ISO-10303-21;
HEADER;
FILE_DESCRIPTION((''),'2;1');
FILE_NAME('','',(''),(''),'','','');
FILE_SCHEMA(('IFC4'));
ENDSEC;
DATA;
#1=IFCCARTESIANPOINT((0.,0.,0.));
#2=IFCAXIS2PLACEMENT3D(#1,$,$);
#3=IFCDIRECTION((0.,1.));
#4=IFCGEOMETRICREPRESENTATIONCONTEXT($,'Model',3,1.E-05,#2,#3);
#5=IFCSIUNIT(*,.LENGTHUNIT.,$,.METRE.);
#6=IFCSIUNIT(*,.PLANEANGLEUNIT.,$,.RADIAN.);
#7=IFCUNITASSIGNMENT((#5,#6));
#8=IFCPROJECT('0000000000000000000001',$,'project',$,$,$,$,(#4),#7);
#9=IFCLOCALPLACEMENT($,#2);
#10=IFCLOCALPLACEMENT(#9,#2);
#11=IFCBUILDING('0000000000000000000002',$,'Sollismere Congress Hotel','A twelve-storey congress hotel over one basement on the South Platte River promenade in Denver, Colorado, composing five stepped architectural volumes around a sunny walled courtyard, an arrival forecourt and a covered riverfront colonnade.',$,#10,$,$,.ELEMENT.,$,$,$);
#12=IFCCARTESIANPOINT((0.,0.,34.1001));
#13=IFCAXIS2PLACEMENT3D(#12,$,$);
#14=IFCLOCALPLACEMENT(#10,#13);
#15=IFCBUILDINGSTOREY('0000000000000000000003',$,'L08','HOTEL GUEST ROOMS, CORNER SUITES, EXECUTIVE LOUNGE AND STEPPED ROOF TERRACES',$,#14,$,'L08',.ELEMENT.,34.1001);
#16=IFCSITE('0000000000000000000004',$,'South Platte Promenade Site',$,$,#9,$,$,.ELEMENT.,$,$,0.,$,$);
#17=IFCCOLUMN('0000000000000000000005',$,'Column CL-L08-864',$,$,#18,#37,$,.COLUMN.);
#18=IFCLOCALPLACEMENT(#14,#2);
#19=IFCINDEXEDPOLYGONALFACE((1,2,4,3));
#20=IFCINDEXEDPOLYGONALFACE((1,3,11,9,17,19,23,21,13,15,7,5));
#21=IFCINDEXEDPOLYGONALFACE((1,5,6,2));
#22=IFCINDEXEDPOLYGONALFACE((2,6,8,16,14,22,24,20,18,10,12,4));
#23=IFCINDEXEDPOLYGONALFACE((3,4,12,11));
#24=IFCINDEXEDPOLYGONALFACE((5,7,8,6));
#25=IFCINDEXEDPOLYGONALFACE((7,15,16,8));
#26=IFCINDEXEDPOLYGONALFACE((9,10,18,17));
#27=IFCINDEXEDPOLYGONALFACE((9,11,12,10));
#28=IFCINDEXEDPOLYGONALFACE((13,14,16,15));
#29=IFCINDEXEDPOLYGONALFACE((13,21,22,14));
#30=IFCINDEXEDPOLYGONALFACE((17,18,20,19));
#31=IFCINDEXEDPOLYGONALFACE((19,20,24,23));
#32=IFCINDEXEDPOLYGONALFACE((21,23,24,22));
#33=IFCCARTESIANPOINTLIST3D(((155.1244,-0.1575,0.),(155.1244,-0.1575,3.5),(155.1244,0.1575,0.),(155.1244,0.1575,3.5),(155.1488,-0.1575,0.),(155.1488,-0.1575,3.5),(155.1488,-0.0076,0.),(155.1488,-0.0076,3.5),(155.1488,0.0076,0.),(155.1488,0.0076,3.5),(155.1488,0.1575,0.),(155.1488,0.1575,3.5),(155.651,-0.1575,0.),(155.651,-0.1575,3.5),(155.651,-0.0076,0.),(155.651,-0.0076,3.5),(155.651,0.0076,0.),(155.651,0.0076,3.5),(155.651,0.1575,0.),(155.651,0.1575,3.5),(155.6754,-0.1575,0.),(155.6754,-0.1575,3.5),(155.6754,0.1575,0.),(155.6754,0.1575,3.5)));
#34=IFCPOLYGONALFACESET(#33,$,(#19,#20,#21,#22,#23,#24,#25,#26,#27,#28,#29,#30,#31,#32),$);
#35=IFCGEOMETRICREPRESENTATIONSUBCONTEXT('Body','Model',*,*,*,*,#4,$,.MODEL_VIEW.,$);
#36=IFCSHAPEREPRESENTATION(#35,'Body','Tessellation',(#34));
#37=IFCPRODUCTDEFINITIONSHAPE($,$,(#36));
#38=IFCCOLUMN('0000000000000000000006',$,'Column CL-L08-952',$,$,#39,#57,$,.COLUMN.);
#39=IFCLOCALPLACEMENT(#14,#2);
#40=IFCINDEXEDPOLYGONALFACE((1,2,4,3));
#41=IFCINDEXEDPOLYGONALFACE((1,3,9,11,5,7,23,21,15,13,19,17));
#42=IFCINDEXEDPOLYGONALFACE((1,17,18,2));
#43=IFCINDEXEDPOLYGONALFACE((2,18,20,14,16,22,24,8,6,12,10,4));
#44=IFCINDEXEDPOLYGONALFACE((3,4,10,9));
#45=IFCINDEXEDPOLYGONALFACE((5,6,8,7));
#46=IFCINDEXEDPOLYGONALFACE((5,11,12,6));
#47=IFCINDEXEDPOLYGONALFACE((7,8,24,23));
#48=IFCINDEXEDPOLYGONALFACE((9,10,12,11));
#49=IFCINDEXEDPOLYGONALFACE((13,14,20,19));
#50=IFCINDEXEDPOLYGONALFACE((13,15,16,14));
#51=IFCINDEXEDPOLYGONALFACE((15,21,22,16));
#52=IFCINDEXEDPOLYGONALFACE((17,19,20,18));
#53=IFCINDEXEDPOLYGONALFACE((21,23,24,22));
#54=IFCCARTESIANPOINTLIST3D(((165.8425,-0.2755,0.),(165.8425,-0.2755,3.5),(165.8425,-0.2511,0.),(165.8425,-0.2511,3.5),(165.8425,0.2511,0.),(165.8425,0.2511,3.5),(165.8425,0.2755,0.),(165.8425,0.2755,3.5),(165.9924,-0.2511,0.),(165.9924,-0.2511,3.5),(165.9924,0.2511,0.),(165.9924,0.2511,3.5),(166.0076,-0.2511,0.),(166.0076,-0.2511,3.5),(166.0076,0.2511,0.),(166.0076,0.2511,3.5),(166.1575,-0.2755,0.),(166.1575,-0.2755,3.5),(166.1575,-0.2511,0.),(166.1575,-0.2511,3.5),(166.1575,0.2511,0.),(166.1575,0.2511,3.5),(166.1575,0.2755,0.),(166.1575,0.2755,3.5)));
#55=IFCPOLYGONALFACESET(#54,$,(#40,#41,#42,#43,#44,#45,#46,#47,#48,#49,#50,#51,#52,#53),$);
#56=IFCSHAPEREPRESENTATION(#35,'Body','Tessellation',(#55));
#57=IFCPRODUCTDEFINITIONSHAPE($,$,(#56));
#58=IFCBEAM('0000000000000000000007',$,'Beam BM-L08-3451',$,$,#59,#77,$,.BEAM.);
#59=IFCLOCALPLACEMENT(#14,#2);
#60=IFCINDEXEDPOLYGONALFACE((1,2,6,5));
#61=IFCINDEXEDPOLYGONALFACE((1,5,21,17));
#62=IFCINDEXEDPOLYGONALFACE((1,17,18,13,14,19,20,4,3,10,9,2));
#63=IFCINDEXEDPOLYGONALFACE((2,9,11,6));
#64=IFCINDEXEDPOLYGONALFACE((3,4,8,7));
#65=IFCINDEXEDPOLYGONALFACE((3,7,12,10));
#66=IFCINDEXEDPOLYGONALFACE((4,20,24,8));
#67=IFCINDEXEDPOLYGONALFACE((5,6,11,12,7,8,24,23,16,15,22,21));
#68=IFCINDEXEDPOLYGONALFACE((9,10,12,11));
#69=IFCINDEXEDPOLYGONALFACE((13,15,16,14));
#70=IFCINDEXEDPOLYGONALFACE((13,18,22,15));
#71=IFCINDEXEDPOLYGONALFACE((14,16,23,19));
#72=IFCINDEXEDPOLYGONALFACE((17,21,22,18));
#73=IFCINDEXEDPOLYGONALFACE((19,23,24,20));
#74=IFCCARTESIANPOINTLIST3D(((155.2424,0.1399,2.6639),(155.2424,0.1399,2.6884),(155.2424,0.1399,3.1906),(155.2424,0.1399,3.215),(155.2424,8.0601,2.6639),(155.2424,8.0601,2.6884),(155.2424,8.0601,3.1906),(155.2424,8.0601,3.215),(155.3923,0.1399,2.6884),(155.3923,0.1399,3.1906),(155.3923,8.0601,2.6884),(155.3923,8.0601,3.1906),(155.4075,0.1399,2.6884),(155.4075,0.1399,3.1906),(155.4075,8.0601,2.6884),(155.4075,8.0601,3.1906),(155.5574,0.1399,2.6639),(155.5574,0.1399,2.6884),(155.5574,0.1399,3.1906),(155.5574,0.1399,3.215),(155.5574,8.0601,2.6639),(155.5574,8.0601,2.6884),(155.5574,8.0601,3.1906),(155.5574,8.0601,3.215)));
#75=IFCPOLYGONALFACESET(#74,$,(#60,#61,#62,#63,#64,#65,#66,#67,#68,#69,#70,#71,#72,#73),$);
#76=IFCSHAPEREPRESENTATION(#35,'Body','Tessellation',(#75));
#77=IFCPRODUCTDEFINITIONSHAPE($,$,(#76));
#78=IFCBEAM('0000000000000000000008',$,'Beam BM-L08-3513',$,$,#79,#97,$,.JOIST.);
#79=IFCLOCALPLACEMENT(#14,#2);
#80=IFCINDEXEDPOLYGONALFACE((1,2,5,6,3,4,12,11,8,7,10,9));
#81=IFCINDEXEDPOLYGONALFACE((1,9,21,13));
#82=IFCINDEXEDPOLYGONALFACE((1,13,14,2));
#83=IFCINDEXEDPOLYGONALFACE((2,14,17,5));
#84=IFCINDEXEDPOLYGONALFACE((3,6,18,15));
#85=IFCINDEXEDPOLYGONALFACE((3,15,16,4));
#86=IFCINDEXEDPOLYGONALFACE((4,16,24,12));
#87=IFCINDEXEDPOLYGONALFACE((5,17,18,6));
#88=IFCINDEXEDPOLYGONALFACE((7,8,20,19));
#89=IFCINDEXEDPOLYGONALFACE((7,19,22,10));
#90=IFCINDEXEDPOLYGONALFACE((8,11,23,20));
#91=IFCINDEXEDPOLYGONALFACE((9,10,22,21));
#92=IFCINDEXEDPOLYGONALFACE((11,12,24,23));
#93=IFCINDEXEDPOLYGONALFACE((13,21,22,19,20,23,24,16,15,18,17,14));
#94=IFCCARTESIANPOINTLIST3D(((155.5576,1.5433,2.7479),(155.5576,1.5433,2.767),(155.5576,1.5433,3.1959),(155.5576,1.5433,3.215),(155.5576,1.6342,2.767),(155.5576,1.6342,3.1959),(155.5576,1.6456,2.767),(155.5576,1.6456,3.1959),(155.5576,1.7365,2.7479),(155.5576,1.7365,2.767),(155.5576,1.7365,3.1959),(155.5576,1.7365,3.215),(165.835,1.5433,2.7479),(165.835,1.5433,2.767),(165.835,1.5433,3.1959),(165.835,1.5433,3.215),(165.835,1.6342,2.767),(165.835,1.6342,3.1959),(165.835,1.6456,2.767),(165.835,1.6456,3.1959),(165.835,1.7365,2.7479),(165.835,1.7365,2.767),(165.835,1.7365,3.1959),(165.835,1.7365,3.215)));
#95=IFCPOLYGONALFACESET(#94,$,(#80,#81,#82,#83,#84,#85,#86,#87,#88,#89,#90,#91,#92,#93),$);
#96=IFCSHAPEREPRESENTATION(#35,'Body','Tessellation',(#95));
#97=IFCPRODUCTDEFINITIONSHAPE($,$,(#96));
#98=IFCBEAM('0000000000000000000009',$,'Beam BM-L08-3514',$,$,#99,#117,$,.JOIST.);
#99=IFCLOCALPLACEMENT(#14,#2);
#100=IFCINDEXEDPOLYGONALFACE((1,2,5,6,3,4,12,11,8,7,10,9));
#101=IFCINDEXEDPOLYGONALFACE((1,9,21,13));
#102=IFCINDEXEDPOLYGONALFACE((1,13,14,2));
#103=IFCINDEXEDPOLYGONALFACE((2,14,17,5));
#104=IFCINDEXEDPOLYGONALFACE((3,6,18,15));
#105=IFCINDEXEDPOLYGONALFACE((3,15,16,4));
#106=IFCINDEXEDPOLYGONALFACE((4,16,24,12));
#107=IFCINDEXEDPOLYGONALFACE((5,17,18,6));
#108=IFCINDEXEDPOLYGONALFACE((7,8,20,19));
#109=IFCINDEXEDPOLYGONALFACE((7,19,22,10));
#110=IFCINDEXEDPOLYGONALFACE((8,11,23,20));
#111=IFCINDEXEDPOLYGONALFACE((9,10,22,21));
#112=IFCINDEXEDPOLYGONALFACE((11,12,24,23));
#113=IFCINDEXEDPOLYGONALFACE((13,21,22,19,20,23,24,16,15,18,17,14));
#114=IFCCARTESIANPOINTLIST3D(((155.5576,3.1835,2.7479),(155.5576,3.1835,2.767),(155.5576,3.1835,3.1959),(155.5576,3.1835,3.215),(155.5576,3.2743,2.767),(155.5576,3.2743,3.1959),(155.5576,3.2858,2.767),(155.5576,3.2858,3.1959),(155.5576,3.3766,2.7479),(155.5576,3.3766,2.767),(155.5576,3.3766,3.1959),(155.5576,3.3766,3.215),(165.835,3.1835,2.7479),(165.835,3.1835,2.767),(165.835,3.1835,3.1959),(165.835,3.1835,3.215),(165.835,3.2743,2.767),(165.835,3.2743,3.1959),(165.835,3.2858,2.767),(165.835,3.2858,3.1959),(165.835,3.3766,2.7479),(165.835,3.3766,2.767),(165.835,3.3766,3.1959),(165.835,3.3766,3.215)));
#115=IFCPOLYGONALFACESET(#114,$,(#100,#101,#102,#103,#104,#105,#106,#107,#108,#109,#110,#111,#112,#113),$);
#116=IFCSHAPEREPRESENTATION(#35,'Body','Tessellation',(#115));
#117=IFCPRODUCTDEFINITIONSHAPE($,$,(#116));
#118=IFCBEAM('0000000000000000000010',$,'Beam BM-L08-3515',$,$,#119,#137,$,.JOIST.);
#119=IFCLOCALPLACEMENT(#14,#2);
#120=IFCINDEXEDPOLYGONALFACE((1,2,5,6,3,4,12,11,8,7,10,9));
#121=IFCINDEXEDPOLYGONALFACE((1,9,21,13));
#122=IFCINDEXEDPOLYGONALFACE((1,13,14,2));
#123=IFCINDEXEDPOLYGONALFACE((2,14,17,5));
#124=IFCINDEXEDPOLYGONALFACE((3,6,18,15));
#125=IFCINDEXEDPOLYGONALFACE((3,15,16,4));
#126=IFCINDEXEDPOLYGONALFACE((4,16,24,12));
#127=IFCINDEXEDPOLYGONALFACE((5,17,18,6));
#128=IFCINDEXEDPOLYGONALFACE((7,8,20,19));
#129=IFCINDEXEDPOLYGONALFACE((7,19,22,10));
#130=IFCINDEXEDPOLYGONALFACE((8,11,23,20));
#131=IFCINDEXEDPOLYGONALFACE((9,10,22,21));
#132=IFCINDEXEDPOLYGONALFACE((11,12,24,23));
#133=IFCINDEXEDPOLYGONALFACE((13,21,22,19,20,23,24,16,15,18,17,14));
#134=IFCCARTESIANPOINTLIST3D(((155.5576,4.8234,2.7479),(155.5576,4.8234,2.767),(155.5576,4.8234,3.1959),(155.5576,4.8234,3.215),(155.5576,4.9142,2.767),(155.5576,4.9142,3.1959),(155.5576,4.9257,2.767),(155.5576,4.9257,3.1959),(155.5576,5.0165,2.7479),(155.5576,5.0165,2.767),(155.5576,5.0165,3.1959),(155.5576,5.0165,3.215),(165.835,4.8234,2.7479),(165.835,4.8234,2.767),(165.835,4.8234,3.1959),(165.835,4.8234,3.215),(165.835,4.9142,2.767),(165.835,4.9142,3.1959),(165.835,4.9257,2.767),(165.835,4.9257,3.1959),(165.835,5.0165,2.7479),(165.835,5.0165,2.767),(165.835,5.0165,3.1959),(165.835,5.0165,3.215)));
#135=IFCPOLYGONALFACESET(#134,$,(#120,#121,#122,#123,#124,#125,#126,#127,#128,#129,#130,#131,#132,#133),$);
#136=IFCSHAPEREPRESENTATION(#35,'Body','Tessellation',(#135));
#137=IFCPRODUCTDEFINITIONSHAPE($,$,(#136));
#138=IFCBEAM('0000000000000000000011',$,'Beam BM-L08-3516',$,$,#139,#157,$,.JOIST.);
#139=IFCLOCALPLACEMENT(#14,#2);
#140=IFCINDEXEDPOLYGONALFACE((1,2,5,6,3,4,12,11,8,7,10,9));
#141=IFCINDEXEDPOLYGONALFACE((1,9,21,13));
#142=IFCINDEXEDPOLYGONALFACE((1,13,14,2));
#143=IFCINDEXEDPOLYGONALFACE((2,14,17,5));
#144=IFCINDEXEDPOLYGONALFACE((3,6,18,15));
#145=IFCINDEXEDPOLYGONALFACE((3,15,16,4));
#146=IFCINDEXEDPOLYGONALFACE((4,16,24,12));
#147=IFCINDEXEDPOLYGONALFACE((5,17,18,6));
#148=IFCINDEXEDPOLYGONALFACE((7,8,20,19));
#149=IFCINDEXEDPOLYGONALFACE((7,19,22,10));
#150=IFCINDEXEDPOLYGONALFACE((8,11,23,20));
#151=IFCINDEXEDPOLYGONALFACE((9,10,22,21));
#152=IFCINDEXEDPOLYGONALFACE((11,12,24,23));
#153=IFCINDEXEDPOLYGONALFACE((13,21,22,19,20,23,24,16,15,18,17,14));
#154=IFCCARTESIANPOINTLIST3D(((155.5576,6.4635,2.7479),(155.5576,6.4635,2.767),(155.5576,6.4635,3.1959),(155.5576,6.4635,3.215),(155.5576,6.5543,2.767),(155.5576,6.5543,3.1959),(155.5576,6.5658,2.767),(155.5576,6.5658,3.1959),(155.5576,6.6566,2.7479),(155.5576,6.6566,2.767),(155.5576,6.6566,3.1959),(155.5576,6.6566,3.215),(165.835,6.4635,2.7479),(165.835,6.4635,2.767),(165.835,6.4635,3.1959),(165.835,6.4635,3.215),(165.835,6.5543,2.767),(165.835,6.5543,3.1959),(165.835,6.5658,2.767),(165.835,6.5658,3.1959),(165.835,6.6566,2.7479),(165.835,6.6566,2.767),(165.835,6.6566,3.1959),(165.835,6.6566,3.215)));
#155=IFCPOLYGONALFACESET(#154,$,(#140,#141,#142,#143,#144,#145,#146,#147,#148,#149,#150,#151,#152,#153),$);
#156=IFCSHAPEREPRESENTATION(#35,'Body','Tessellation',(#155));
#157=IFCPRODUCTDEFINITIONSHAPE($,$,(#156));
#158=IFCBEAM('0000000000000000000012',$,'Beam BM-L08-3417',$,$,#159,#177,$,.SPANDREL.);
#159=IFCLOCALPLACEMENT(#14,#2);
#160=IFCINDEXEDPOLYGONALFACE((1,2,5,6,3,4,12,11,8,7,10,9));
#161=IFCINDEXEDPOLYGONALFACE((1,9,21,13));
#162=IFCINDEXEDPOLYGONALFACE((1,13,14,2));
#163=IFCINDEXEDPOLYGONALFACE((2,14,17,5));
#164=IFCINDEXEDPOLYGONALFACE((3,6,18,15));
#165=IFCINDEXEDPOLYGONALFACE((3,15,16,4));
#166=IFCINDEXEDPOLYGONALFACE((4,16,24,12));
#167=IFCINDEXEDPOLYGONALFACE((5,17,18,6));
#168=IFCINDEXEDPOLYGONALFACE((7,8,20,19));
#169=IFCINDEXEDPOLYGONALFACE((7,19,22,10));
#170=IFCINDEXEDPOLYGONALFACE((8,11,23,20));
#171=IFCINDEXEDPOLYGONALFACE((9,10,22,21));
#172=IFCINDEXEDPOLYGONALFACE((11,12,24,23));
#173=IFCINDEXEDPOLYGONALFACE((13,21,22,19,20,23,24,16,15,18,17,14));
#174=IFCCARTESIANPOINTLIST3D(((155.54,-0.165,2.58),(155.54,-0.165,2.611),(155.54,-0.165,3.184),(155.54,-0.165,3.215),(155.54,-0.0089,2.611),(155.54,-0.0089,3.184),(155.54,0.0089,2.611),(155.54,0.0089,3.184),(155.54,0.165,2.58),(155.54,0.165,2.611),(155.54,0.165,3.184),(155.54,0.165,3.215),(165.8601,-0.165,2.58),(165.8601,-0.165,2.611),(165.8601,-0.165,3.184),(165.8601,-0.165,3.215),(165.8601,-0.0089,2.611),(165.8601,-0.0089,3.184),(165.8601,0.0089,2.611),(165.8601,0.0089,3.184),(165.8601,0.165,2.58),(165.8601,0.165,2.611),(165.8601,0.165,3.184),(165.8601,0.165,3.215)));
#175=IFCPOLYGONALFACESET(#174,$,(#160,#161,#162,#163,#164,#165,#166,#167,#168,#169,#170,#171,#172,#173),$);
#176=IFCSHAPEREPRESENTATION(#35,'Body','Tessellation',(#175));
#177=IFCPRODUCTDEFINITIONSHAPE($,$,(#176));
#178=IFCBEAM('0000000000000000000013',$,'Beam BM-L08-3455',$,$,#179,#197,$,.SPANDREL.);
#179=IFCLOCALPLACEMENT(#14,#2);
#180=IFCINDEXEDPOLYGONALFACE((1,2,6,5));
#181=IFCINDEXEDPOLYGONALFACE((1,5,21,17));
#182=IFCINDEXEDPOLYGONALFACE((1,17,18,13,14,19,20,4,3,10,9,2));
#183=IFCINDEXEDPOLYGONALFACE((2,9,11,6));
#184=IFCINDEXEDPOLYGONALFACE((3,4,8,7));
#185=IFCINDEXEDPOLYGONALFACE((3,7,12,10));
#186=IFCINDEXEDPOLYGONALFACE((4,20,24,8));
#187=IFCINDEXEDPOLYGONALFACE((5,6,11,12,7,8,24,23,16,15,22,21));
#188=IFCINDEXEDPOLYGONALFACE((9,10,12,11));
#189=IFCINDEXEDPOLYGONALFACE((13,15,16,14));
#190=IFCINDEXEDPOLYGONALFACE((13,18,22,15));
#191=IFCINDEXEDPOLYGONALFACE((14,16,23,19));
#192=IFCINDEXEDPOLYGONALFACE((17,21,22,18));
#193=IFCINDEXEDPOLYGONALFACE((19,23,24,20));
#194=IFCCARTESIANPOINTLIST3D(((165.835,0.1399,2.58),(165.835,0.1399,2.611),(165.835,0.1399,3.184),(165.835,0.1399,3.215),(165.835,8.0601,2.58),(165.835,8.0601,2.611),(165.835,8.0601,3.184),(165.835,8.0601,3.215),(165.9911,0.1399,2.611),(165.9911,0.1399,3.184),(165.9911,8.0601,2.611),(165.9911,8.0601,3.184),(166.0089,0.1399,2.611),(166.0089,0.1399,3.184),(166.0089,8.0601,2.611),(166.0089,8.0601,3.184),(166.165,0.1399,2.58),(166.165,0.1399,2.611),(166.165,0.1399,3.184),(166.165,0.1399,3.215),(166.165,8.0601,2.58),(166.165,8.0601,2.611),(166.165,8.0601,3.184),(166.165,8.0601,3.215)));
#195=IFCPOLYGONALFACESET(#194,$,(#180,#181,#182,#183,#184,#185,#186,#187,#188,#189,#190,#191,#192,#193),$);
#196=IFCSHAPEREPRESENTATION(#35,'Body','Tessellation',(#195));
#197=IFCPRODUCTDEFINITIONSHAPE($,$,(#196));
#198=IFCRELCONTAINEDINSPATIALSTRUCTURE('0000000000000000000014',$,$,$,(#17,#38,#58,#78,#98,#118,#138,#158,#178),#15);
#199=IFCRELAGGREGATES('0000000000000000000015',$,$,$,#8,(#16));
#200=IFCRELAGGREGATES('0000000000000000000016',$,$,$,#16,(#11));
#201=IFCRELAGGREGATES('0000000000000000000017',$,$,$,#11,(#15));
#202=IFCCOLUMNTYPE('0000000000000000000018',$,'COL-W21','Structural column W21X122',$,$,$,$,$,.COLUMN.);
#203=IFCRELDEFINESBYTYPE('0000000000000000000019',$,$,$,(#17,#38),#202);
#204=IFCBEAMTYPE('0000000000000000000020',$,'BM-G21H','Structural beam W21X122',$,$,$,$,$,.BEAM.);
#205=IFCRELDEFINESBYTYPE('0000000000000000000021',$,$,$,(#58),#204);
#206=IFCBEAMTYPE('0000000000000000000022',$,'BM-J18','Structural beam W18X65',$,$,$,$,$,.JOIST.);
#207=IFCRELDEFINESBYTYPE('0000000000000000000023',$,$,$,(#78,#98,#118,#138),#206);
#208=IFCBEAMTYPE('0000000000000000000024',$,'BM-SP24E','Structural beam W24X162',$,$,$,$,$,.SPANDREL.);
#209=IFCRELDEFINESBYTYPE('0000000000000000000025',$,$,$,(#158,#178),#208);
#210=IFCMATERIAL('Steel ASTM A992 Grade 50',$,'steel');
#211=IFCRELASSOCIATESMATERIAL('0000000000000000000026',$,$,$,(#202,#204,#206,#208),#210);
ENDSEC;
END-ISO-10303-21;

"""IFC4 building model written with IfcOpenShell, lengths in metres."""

from ifc_helpers import new_model, si_unit, direction, frame, origin, origin_2d, place, context, subcontext, project, spatial, i_section, extrude, material, material_profile, profile_set, type_object, element, save


model = new_model("IFC4")

# Units and contexts
model_context = context("Model", 3, precision=1e-05, world=origin(), true_north=direction((0.0, 1.0)))
body_context = subcontext(model_context, "Body", "Model", "MODEL_VIEW")
ifc_project = project(units=[si_unit("LENGTHUNIT", "METRE"), si_unit("PLANEANGLEUNIT", "RADIAN")], contexts=[model_context])

# Site, building, storey
site_placement = place(None, origin())
site = spatial("IfcSite", under=ifc_project, at=site_placement, Name="South Platte Promenade Site", CompositionType="ELEMENT", RefElevation=0.0)
building_placement = place(site_placement, origin())
building = spatial("IfcBuilding", under=site, at=building_placement, Name="Sollismere Congress Hotel", Description="A twelve-storey congress hotel over one basement on the South Platte River promenade in Denver, Colorado, composing five stepped architectural volumes around a sunny walled courtyard, an arrival forecourt and a covered riverfront colonnade.", CompositionType="ELEMENT")
storey_placement = place(building_placement, frame((0.0, 0.0, 34.1001)))
storey = spatial("IfcBuildingStorey", under=building, at=storey_placement, Name="L08", Description="HOTEL GUEST ROOMS, CORNER SUITES, EXECUTIVE LOUNGE AND STEPPED ROOF TERRACES", LongName="L08", CompositionType="ELEMENT", Elevation=34.1001)

# Columns
ifc_material_1 = material(Name="Steel ASTM A992 Grade 50", Category="steel")
ifc_material_profile_1 = material_profile(ifc_material_1, i_section(OverallWidth=0.3149, OverallDepth=0.551, WebThickness=0.0151, FlangeThickness=0.0244, at=origin_2d()), Name="W21X122")
ifc_profile_set_1 = profile_set([ifc_material_profile_1], Name="Steel ASTM A992 Grade 50")
column_type = type_object("IfcColumnType", Name="COL-W21", Description="Structural column W21X122", PredefinedType="COLUMN", material=ifc_profile_set_1)
for number, where, z_axis, x_axis, name in (
    (1, (155.3999, 0.0, 0.0), (0.0, 0.0, 1.0), (0.0, 1.0, 0.0), "Column CL-L08-864"),
    (2, (166.0, 0.0, 0.0), (0.0, 0.0, 1.0), (1.0, 0.0, 0.0), "Column CL-L08-952"),
):
    element("IfcColumn", number, at=place(storey_placement, frame(where, z_axis=z_axis, x_axis=x_axis)), inside=storey, type_object=column_type, Name=name, PredefinedType="COLUMN", context=body_context, shape_type="SweptSolid", body=[
        extrude(i_section(OverallWidth=0.3149, OverallDepth=0.551, WebThickness=0.0151, FlangeThickness=0.0244, at=origin_2d()), origin(), (0.0, 0.0, 1.0), 3.5),
    ])

# Beams
ifc_material_profile_2 = material_profile(ifc_material_1, i_section(OverallWidth=0.3149, OverallDepth=0.551, WebThickness=0.0151, FlangeThickness=0.0244, at=origin_2d()), Name="W21X122")
ifc_profile_set_2 = profile_set([ifc_material_profile_2], Name="Steel ASTM A992 Grade 50")
beam_type_1 = type_object("IfcBeamType", Name="BM-G21H", Description="Structural beam W21X122", PredefinedType="BEAM", material=ifc_profile_set_2)
beam_1_placement = place(storey_placement, frame((155.3999, 0.1399, 2.9395), z_axis=(0.0, 1.0, 0.0), x_axis=(-1.0, 0.0, 0.0)))
element("IfcBeam", 3, at=beam_1_placement, inside=storey, type_object=beam_type_1, Name="Beam BM-L08-3451", PredefinedType="BEAM", context=body_context, shape_type="SweptSolid", body=[
    extrude(i_section(OverallWidth=0.3149, OverallDepth=0.551, WebThickness=0.0151, FlangeThickness=0.0244, at=origin_2d()), origin(), (0.0, 0.0, 1.0), 7.9202),
])
ifc_material_profile_3 = material_profile(ifc_material_1, i_section(OverallWidth=0.1931, OverallDepth=0.467, WebThickness=0.0115, FlangeThickness=0.019, at=origin_2d()), Name="W18X65")
ifc_profile_set_3 = profile_set([ifc_material_profile_3], Name="Steel ASTM A992 Grade 50")
beam_type_2 = type_object("IfcBeamType", Name="BM-J18", Description="Structural beam W18X65", PredefinedType="JOIST", material=ifc_profile_set_3)
for number, where, z_axis, x_axis, name in (
    (4, (155.5576, 1.6399, 2.9814), (1.0, 0.0, 0.0), (0.0, 1.0, 0.0), "Beam BM-L08-3513"),
    (5, (155.5576, 3.28, 2.9814), (1.0, 0.0, 0.0), (0.0, 1.0, 0.0), "Beam BM-L08-3514"),
    (6, (155.5576, 4.9199, 2.9814), (1.0, 0.0, 0.0), (0.0, 1.0, 0.0), "Beam BM-L08-3515"),
    (7, (155.5576, 6.5601, 2.9814), (1.0, 0.0, 0.0), (0.0, 1.0, 0.0), "Beam BM-L08-3516"),
):
    element("IfcBeam", number, at=place(storey_placement, frame(where, z_axis=z_axis, x_axis=x_axis)), inside=storey, type_object=beam_type_2, Name=name, PredefinedType="JOIST", context=body_context, shape_type="SweptSolid", body=[
        extrude(i_section(OverallWidth=0.1931, OverallDepth=0.467, WebThickness=0.0115, FlangeThickness=0.019, at=origin_2d()), origin(), (0.0, 0.0, 1.0), 10.2773),
    ])
ifc_material_profile_4 = material_profile(ifc_material_1, i_section(OverallWidth=0.3301, OverallDepth=0.635, WebThickness=0.0178, FlangeThickness=0.031, at=origin_2d()), Name="W24X162")
ifc_profile_set_4 = profile_set([ifc_material_profile_4], Name="Steel ASTM A992 Grade 50")
beam_type_3 = type_object("IfcBeamType", Name="BM-SP24E", Description="Structural beam W24X162", PredefinedType="SPANDREL", material=ifc_profile_set_4)
beam_2_placement = place(storey_placement, frame((155.54, 0.0, 2.8975), z_axis=(1.0, 0.0, 0.0), x_axis=(0.0, 1.0, 0.0)))
element("IfcBeam", 8, at=beam_2_placement, inside=storey, type_object=beam_type_3, Name="Beam BM-L08-3417", PredefinedType="SPANDREL", context=body_context, shape_type="SweptSolid", body=[
    extrude(i_section(OverallWidth=0.3301, OverallDepth=0.635, WebThickness=0.0178, FlangeThickness=0.031, at=origin_2d()), origin(), (0.0, 0.0, 1.0), 10.3201),
])
beam_3_placement = place(storey_placement, frame((166.0, 0.1399, 2.8975), z_axis=(0.0, 1.0, 0.0), x_axis=(-1.0, 0.0, 0.0)))
element("IfcBeam", 9, at=beam_3_placement, inside=storey, type_object=beam_type_3, Name="Beam BM-L08-3455", PredefinedType="SPANDREL", context=body_context, shape_type="SweptSolid", body=[
    extrude(i_section(OverallWidth=0.3301, OverallDepth=0.635, WebThickness=0.0178, FlangeThickness=0.031, at=origin_2d()), origin(), (0.0, 0.0, 1.0), 7.9202),
])

save(model, "model.ifc")
